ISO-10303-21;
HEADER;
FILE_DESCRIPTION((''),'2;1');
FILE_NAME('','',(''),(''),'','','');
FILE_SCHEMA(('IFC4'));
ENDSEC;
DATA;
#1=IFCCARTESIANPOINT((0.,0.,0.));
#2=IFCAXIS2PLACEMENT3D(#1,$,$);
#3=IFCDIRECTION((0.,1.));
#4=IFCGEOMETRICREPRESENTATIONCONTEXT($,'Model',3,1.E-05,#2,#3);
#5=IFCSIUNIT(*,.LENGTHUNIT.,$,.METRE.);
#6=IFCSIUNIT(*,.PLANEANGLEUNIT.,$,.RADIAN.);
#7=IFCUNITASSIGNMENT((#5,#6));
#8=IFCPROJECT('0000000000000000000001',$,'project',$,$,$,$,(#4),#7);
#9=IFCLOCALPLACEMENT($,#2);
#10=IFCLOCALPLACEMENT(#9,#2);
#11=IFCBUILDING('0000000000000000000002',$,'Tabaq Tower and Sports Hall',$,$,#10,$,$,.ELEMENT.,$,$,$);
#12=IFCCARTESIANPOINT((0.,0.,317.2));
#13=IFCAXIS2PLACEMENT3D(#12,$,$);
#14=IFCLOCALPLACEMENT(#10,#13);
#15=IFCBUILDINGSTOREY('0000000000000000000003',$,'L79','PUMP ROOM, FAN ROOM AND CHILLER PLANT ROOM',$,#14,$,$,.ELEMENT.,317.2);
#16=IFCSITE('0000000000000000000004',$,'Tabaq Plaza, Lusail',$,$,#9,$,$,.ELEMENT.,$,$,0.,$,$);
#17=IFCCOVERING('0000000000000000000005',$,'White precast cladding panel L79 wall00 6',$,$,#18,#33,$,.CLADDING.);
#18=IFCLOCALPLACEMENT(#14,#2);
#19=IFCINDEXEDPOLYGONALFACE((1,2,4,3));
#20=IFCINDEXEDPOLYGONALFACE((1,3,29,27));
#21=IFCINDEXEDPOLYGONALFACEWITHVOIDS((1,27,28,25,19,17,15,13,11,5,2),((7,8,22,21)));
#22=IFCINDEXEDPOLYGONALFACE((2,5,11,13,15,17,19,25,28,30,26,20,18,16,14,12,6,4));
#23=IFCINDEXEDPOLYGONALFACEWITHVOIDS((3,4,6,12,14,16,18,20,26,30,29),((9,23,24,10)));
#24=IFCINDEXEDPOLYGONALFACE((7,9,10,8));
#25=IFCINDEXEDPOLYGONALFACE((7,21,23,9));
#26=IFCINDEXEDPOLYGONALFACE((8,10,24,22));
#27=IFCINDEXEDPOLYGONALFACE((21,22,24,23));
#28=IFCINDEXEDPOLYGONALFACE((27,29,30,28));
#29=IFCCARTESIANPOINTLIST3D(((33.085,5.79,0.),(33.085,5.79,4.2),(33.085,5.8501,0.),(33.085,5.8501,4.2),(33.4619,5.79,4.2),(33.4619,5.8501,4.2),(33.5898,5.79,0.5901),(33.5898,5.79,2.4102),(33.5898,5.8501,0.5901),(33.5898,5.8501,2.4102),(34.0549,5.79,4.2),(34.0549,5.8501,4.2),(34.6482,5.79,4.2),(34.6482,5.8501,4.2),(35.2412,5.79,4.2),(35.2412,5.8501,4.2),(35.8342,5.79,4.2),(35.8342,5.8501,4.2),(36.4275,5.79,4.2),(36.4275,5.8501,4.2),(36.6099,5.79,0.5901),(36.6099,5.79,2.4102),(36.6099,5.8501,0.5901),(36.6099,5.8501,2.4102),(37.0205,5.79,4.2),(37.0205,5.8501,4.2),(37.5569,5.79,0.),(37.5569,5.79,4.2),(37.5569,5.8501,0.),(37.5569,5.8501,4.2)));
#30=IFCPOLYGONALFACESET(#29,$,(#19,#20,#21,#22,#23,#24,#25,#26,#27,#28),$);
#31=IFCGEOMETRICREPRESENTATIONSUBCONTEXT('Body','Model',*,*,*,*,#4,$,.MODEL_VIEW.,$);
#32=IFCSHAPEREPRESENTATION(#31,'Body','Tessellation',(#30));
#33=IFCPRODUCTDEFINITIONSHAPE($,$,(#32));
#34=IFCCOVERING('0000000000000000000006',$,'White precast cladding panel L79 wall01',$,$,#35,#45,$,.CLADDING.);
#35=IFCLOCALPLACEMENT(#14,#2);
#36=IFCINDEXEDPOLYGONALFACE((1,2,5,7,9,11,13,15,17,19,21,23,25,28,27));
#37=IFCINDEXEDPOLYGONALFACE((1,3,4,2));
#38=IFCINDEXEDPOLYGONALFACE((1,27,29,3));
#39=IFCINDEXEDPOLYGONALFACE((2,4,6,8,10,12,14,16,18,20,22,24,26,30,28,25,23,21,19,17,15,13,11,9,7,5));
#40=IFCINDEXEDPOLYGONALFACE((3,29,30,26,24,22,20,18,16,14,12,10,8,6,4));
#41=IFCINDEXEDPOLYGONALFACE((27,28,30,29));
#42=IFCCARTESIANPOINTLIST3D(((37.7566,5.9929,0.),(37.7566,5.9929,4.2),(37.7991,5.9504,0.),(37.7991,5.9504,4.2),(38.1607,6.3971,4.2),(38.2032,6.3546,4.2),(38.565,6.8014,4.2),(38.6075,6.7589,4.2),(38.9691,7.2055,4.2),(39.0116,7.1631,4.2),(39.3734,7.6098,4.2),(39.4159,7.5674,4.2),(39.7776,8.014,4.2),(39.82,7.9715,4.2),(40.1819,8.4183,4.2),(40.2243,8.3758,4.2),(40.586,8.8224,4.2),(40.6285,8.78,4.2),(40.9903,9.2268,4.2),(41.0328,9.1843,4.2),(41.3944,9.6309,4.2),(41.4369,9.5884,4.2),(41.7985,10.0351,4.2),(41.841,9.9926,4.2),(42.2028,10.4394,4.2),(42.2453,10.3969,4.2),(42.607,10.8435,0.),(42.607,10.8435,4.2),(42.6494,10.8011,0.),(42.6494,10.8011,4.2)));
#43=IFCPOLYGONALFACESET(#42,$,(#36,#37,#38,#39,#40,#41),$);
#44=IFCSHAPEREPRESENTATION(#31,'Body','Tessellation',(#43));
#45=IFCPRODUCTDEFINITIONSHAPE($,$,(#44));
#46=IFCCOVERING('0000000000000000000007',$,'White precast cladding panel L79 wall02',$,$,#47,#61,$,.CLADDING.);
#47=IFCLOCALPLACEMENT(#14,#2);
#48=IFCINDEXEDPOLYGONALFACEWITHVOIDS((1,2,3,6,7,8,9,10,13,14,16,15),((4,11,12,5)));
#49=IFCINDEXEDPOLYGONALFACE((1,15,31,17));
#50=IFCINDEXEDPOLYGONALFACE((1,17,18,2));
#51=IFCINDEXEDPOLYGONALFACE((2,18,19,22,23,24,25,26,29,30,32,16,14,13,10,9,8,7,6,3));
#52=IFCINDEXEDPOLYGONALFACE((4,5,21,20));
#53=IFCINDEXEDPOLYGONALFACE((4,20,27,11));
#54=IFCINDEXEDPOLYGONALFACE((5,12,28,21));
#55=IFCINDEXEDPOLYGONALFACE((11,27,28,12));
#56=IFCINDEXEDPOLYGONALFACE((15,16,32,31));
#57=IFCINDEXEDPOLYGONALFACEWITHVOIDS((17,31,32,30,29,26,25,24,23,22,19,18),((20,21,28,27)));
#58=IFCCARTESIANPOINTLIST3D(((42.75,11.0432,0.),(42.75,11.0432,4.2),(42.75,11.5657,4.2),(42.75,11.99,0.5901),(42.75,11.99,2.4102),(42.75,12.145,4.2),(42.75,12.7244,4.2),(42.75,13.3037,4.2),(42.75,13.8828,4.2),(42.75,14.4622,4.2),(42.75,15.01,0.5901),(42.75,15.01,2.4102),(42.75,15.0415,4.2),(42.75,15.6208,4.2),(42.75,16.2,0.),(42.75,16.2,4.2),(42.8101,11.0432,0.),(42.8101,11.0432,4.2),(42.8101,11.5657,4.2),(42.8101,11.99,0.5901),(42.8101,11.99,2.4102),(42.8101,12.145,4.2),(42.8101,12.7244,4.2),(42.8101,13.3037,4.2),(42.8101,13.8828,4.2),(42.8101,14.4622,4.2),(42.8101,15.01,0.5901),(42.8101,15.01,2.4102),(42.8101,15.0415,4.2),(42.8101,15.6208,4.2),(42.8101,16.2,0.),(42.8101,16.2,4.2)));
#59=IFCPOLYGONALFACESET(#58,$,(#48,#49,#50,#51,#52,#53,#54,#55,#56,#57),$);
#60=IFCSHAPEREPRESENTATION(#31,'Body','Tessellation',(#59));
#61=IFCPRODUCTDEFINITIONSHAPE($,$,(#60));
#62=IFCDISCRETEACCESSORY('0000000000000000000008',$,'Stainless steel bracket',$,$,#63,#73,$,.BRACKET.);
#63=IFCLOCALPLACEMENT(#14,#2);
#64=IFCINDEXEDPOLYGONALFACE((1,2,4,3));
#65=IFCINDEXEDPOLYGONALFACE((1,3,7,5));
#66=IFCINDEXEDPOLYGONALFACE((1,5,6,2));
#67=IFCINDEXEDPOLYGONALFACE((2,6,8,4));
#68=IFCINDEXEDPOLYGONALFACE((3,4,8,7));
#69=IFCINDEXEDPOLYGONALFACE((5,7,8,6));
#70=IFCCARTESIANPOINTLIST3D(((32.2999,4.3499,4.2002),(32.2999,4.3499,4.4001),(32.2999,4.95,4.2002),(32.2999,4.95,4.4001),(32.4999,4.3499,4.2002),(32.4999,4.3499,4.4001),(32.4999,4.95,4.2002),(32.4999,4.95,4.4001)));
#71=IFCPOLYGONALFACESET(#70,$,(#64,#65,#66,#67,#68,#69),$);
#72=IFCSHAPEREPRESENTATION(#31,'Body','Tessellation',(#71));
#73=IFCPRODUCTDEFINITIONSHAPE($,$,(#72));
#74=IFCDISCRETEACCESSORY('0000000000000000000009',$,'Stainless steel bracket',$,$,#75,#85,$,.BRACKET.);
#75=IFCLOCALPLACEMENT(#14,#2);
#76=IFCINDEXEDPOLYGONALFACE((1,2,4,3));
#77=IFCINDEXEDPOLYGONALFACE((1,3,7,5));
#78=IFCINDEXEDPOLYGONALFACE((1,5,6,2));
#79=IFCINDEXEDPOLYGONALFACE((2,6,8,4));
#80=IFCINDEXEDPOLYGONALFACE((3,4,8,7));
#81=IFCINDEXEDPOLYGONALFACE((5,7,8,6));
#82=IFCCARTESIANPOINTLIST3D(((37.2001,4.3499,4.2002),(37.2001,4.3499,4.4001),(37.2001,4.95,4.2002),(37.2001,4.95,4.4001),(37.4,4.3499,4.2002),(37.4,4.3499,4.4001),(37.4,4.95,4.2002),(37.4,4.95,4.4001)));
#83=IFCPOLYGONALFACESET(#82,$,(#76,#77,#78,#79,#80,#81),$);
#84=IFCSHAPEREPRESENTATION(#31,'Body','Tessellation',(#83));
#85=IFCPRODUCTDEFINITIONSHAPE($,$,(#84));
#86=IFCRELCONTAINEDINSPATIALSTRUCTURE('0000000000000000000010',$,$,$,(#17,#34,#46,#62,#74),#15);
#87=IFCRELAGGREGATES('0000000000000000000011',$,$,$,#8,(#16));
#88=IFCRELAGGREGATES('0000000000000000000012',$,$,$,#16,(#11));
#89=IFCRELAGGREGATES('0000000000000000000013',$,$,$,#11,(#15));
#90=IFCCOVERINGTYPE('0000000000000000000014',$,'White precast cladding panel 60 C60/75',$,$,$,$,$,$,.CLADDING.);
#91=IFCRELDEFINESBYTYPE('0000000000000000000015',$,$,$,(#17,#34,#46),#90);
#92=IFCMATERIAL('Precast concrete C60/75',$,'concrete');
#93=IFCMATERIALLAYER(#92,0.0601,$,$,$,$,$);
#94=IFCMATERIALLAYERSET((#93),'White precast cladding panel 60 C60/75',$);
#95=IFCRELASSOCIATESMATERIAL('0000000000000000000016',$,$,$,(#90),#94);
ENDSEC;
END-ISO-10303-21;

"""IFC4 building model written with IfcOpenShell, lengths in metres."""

from ifc_helpers import new_model, si_unit, direction, frame, origin, origin_2d, place, context, subcontext, project, spatial, polyline, rectangle, outline, extrude, material, layer, layer_set, type_object, element, save


model = new_model("IFC4")

# Units and contexts
model_context = context("Model", 3, precision=1e-05, world=origin(), true_north=direction((0.0, 1.0)))
body_context = subcontext(model_context, "Body", "Model", "MODEL_VIEW")
ifc_project = project(units=[si_unit("LENGTHUNIT", "METRE"), si_unit("PLANEANGLEUNIT", "RADIAN")], contexts=[model_context])

# Site, building, storey
site_placement = place(None, origin())
site = spatial("IfcSite", under=ifc_project, at=site_placement, Name="Tabaq Plaza, Lusail", CompositionType="ELEMENT", RefElevation=0.0)
building_placement = place(site_placement, origin())
building = spatial("IfcBuilding", under=site, at=building_placement, Name="Tabaq Tower and Sports Hall", CompositionType="ELEMENT")
storey_placement = place(building_placement, frame((0.0, 0.0, 317.2)))
storey = spatial("IfcBuildingStorey", under=building, at=storey_placement, Name="L79", Description="PUMP ROOM, FAN ROOM AND CHILLER PLANT ROOM", CompositionType="ELEMENT", Elevation=317.2)

# Coverings
ifc_material_1 = material(Name="Precast concrete C60/75", Category="concrete")
ifc_layer_1 = layer(ifc_material_1, 0.0601)
ifc_layer_set_1 = layer_set([ifc_layer_1], Name="White precast cladding panel 60 C60/75")
covering_type = type_object("IfcCoveringType", Name="White precast cladding panel 60 C60/75", PredefinedType="CLADDING", material=ifc_layer_set_1)
covering_1_placement = place(storey_placement, frame((33.085, 5.8201, 0.0), z_axis=(0.0, 0.0, 1.0), x_axis=(1.0, 0.0, 0.0)))
element("IfcCovering", 1, at=covering_1_placement, inside=storey, type_object=covering_type, Name="White precast cladding panel L79 wall00 6", PredefinedType="CLADDING", context=body_context, shape_type="SweptSolid", body=[
    extrude(outline(polyline([(0.0, 0.0), (4.4719, 0.0), (4.4719, 4.2), (3.9355, 4.2), (3.3425, 4.2), (2.7493, 4.2), (2.1562, 4.2), (1.5632, 4.2), (0.97, 4.2), (0.377, 4.2), (0.0, 4.2), (0.0, 0.0)]), holes=[polyline([(0.5049, 0.5901), (0.5049, 2.4102), (3.5249, 2.4102), (3.5249, 0.5901), (0.5049, 0.5901)])]), frame((0.0, 0.03, 0.0), z_axis=(0.0, -1.0, 0.0), x_axis=(1.0, 0.0, 0.0)), (0.0, 0.0, 1.0), 0.0601),
])
covering_2_placement = place(storey_placement, frame((37.7778, 5.9717, 0.0), z_axis=(0.0, 0.0, 1.0), x_axis=(0.707089, 0.707125, 0.0)))
element("IfcCovering", 2, at=covering_2_placement, inside=storey, type_object=covering_type, Name="White precast cladding panel L79 wall01", PredefinedType="CLADDING", context=body_context, shape_type="SweptSolid", body=[
    extrude(outline(polyline([(0.0, 0.0), (6.8596, 0.0), (6.8596, 4.2), (6.2881, 4.2), (5.7163, 4.2), (5.1448, 4.2), (4.5732, 4.2), (4.0015, 4.2), (3.4299, 4.2), (2.8582, 4.2), (2.2866, 4.2), (1.7148, 4.2), (1.1433, 4.2), (0.5715, 4.2), (0.0, 4.2), (0.0, 0.0)])), frame((0.0, 0.03, 0.0), z_axis=(0.0, -1.0, 0.0), x_axis=(1.0, 0.0, 0.0)), (0.0, 0.0, 1.0), 0.0601),
])
covering_3_placement = place(storey_placement, frame((42.78, 11.0432, 0.0), z_axis=(0.0, 0.0, 1.0), x_axis=(0.0, 1.0, 0.0)))
element("IfcCovering", 3, at=covering_3_placement, inside=storey, type_object=covering_type, Name="White precast cladding panel L79 wall02", PredefinedType="CLADDING", context=body_context, shape_type="SweptSolid", body=[
    extrude(outline(polyline([(0.0, 0.0), (5.1567, 0.0), (5.1567, 4.2), (4.5776, 4.2), (3.9983, 4.2), (3.4189, 4.2), (2.8396, 4.2), (2.2605, 4.2), (1.6812, 4.2), (1.1018, 4.2), (0.5225, 4.2), (0.0, 4.2), (0.0, 0.0)]), holes=[polyline([(0.9468, 0.5901), (0.9468, 2.4102), (3.9668, 2.4102), (3.9668, 0.5901), (0.9468, 0.5901)])]), frame((0.0, 0.03, 0.0), z_axis=(0.0, -1.0, 0.0), x_axis=(1.0, 0.0, 0.0)), (0.0, 0.0, 1.0), 0.0601),
])

# Discrete accessories
for number, where, z_axis, x_axis, name in (
    (4, (32.3999, 4.6499, 4.2002), (0.0, 0.0, 1.0), (0.0, -1.0, 0.0), "Stainless steel bracket"),
    (5, (37.3, 4.6499, 4.2002), (0.0, 0.0, 1.0), (0.0, -1.0, 0.0), "Stainless steel bracket"),
):
    element("IfcDiscreteAccessory", number, at=place(storey_placement, frame(where, z_axis=z_axis, x_axis=x_axis)), inside=storey, Name=name, PredefinedType="BRACKET", context=body_context, shape_type="SweptSolid", body=[
        extrude(rectangle(XDim=0.6001, YDim=0.2, at=origin_2d()), origin(), (0.0, 0.0, 1.0), 0.2),
    ])

save(model, "model.ifc")
